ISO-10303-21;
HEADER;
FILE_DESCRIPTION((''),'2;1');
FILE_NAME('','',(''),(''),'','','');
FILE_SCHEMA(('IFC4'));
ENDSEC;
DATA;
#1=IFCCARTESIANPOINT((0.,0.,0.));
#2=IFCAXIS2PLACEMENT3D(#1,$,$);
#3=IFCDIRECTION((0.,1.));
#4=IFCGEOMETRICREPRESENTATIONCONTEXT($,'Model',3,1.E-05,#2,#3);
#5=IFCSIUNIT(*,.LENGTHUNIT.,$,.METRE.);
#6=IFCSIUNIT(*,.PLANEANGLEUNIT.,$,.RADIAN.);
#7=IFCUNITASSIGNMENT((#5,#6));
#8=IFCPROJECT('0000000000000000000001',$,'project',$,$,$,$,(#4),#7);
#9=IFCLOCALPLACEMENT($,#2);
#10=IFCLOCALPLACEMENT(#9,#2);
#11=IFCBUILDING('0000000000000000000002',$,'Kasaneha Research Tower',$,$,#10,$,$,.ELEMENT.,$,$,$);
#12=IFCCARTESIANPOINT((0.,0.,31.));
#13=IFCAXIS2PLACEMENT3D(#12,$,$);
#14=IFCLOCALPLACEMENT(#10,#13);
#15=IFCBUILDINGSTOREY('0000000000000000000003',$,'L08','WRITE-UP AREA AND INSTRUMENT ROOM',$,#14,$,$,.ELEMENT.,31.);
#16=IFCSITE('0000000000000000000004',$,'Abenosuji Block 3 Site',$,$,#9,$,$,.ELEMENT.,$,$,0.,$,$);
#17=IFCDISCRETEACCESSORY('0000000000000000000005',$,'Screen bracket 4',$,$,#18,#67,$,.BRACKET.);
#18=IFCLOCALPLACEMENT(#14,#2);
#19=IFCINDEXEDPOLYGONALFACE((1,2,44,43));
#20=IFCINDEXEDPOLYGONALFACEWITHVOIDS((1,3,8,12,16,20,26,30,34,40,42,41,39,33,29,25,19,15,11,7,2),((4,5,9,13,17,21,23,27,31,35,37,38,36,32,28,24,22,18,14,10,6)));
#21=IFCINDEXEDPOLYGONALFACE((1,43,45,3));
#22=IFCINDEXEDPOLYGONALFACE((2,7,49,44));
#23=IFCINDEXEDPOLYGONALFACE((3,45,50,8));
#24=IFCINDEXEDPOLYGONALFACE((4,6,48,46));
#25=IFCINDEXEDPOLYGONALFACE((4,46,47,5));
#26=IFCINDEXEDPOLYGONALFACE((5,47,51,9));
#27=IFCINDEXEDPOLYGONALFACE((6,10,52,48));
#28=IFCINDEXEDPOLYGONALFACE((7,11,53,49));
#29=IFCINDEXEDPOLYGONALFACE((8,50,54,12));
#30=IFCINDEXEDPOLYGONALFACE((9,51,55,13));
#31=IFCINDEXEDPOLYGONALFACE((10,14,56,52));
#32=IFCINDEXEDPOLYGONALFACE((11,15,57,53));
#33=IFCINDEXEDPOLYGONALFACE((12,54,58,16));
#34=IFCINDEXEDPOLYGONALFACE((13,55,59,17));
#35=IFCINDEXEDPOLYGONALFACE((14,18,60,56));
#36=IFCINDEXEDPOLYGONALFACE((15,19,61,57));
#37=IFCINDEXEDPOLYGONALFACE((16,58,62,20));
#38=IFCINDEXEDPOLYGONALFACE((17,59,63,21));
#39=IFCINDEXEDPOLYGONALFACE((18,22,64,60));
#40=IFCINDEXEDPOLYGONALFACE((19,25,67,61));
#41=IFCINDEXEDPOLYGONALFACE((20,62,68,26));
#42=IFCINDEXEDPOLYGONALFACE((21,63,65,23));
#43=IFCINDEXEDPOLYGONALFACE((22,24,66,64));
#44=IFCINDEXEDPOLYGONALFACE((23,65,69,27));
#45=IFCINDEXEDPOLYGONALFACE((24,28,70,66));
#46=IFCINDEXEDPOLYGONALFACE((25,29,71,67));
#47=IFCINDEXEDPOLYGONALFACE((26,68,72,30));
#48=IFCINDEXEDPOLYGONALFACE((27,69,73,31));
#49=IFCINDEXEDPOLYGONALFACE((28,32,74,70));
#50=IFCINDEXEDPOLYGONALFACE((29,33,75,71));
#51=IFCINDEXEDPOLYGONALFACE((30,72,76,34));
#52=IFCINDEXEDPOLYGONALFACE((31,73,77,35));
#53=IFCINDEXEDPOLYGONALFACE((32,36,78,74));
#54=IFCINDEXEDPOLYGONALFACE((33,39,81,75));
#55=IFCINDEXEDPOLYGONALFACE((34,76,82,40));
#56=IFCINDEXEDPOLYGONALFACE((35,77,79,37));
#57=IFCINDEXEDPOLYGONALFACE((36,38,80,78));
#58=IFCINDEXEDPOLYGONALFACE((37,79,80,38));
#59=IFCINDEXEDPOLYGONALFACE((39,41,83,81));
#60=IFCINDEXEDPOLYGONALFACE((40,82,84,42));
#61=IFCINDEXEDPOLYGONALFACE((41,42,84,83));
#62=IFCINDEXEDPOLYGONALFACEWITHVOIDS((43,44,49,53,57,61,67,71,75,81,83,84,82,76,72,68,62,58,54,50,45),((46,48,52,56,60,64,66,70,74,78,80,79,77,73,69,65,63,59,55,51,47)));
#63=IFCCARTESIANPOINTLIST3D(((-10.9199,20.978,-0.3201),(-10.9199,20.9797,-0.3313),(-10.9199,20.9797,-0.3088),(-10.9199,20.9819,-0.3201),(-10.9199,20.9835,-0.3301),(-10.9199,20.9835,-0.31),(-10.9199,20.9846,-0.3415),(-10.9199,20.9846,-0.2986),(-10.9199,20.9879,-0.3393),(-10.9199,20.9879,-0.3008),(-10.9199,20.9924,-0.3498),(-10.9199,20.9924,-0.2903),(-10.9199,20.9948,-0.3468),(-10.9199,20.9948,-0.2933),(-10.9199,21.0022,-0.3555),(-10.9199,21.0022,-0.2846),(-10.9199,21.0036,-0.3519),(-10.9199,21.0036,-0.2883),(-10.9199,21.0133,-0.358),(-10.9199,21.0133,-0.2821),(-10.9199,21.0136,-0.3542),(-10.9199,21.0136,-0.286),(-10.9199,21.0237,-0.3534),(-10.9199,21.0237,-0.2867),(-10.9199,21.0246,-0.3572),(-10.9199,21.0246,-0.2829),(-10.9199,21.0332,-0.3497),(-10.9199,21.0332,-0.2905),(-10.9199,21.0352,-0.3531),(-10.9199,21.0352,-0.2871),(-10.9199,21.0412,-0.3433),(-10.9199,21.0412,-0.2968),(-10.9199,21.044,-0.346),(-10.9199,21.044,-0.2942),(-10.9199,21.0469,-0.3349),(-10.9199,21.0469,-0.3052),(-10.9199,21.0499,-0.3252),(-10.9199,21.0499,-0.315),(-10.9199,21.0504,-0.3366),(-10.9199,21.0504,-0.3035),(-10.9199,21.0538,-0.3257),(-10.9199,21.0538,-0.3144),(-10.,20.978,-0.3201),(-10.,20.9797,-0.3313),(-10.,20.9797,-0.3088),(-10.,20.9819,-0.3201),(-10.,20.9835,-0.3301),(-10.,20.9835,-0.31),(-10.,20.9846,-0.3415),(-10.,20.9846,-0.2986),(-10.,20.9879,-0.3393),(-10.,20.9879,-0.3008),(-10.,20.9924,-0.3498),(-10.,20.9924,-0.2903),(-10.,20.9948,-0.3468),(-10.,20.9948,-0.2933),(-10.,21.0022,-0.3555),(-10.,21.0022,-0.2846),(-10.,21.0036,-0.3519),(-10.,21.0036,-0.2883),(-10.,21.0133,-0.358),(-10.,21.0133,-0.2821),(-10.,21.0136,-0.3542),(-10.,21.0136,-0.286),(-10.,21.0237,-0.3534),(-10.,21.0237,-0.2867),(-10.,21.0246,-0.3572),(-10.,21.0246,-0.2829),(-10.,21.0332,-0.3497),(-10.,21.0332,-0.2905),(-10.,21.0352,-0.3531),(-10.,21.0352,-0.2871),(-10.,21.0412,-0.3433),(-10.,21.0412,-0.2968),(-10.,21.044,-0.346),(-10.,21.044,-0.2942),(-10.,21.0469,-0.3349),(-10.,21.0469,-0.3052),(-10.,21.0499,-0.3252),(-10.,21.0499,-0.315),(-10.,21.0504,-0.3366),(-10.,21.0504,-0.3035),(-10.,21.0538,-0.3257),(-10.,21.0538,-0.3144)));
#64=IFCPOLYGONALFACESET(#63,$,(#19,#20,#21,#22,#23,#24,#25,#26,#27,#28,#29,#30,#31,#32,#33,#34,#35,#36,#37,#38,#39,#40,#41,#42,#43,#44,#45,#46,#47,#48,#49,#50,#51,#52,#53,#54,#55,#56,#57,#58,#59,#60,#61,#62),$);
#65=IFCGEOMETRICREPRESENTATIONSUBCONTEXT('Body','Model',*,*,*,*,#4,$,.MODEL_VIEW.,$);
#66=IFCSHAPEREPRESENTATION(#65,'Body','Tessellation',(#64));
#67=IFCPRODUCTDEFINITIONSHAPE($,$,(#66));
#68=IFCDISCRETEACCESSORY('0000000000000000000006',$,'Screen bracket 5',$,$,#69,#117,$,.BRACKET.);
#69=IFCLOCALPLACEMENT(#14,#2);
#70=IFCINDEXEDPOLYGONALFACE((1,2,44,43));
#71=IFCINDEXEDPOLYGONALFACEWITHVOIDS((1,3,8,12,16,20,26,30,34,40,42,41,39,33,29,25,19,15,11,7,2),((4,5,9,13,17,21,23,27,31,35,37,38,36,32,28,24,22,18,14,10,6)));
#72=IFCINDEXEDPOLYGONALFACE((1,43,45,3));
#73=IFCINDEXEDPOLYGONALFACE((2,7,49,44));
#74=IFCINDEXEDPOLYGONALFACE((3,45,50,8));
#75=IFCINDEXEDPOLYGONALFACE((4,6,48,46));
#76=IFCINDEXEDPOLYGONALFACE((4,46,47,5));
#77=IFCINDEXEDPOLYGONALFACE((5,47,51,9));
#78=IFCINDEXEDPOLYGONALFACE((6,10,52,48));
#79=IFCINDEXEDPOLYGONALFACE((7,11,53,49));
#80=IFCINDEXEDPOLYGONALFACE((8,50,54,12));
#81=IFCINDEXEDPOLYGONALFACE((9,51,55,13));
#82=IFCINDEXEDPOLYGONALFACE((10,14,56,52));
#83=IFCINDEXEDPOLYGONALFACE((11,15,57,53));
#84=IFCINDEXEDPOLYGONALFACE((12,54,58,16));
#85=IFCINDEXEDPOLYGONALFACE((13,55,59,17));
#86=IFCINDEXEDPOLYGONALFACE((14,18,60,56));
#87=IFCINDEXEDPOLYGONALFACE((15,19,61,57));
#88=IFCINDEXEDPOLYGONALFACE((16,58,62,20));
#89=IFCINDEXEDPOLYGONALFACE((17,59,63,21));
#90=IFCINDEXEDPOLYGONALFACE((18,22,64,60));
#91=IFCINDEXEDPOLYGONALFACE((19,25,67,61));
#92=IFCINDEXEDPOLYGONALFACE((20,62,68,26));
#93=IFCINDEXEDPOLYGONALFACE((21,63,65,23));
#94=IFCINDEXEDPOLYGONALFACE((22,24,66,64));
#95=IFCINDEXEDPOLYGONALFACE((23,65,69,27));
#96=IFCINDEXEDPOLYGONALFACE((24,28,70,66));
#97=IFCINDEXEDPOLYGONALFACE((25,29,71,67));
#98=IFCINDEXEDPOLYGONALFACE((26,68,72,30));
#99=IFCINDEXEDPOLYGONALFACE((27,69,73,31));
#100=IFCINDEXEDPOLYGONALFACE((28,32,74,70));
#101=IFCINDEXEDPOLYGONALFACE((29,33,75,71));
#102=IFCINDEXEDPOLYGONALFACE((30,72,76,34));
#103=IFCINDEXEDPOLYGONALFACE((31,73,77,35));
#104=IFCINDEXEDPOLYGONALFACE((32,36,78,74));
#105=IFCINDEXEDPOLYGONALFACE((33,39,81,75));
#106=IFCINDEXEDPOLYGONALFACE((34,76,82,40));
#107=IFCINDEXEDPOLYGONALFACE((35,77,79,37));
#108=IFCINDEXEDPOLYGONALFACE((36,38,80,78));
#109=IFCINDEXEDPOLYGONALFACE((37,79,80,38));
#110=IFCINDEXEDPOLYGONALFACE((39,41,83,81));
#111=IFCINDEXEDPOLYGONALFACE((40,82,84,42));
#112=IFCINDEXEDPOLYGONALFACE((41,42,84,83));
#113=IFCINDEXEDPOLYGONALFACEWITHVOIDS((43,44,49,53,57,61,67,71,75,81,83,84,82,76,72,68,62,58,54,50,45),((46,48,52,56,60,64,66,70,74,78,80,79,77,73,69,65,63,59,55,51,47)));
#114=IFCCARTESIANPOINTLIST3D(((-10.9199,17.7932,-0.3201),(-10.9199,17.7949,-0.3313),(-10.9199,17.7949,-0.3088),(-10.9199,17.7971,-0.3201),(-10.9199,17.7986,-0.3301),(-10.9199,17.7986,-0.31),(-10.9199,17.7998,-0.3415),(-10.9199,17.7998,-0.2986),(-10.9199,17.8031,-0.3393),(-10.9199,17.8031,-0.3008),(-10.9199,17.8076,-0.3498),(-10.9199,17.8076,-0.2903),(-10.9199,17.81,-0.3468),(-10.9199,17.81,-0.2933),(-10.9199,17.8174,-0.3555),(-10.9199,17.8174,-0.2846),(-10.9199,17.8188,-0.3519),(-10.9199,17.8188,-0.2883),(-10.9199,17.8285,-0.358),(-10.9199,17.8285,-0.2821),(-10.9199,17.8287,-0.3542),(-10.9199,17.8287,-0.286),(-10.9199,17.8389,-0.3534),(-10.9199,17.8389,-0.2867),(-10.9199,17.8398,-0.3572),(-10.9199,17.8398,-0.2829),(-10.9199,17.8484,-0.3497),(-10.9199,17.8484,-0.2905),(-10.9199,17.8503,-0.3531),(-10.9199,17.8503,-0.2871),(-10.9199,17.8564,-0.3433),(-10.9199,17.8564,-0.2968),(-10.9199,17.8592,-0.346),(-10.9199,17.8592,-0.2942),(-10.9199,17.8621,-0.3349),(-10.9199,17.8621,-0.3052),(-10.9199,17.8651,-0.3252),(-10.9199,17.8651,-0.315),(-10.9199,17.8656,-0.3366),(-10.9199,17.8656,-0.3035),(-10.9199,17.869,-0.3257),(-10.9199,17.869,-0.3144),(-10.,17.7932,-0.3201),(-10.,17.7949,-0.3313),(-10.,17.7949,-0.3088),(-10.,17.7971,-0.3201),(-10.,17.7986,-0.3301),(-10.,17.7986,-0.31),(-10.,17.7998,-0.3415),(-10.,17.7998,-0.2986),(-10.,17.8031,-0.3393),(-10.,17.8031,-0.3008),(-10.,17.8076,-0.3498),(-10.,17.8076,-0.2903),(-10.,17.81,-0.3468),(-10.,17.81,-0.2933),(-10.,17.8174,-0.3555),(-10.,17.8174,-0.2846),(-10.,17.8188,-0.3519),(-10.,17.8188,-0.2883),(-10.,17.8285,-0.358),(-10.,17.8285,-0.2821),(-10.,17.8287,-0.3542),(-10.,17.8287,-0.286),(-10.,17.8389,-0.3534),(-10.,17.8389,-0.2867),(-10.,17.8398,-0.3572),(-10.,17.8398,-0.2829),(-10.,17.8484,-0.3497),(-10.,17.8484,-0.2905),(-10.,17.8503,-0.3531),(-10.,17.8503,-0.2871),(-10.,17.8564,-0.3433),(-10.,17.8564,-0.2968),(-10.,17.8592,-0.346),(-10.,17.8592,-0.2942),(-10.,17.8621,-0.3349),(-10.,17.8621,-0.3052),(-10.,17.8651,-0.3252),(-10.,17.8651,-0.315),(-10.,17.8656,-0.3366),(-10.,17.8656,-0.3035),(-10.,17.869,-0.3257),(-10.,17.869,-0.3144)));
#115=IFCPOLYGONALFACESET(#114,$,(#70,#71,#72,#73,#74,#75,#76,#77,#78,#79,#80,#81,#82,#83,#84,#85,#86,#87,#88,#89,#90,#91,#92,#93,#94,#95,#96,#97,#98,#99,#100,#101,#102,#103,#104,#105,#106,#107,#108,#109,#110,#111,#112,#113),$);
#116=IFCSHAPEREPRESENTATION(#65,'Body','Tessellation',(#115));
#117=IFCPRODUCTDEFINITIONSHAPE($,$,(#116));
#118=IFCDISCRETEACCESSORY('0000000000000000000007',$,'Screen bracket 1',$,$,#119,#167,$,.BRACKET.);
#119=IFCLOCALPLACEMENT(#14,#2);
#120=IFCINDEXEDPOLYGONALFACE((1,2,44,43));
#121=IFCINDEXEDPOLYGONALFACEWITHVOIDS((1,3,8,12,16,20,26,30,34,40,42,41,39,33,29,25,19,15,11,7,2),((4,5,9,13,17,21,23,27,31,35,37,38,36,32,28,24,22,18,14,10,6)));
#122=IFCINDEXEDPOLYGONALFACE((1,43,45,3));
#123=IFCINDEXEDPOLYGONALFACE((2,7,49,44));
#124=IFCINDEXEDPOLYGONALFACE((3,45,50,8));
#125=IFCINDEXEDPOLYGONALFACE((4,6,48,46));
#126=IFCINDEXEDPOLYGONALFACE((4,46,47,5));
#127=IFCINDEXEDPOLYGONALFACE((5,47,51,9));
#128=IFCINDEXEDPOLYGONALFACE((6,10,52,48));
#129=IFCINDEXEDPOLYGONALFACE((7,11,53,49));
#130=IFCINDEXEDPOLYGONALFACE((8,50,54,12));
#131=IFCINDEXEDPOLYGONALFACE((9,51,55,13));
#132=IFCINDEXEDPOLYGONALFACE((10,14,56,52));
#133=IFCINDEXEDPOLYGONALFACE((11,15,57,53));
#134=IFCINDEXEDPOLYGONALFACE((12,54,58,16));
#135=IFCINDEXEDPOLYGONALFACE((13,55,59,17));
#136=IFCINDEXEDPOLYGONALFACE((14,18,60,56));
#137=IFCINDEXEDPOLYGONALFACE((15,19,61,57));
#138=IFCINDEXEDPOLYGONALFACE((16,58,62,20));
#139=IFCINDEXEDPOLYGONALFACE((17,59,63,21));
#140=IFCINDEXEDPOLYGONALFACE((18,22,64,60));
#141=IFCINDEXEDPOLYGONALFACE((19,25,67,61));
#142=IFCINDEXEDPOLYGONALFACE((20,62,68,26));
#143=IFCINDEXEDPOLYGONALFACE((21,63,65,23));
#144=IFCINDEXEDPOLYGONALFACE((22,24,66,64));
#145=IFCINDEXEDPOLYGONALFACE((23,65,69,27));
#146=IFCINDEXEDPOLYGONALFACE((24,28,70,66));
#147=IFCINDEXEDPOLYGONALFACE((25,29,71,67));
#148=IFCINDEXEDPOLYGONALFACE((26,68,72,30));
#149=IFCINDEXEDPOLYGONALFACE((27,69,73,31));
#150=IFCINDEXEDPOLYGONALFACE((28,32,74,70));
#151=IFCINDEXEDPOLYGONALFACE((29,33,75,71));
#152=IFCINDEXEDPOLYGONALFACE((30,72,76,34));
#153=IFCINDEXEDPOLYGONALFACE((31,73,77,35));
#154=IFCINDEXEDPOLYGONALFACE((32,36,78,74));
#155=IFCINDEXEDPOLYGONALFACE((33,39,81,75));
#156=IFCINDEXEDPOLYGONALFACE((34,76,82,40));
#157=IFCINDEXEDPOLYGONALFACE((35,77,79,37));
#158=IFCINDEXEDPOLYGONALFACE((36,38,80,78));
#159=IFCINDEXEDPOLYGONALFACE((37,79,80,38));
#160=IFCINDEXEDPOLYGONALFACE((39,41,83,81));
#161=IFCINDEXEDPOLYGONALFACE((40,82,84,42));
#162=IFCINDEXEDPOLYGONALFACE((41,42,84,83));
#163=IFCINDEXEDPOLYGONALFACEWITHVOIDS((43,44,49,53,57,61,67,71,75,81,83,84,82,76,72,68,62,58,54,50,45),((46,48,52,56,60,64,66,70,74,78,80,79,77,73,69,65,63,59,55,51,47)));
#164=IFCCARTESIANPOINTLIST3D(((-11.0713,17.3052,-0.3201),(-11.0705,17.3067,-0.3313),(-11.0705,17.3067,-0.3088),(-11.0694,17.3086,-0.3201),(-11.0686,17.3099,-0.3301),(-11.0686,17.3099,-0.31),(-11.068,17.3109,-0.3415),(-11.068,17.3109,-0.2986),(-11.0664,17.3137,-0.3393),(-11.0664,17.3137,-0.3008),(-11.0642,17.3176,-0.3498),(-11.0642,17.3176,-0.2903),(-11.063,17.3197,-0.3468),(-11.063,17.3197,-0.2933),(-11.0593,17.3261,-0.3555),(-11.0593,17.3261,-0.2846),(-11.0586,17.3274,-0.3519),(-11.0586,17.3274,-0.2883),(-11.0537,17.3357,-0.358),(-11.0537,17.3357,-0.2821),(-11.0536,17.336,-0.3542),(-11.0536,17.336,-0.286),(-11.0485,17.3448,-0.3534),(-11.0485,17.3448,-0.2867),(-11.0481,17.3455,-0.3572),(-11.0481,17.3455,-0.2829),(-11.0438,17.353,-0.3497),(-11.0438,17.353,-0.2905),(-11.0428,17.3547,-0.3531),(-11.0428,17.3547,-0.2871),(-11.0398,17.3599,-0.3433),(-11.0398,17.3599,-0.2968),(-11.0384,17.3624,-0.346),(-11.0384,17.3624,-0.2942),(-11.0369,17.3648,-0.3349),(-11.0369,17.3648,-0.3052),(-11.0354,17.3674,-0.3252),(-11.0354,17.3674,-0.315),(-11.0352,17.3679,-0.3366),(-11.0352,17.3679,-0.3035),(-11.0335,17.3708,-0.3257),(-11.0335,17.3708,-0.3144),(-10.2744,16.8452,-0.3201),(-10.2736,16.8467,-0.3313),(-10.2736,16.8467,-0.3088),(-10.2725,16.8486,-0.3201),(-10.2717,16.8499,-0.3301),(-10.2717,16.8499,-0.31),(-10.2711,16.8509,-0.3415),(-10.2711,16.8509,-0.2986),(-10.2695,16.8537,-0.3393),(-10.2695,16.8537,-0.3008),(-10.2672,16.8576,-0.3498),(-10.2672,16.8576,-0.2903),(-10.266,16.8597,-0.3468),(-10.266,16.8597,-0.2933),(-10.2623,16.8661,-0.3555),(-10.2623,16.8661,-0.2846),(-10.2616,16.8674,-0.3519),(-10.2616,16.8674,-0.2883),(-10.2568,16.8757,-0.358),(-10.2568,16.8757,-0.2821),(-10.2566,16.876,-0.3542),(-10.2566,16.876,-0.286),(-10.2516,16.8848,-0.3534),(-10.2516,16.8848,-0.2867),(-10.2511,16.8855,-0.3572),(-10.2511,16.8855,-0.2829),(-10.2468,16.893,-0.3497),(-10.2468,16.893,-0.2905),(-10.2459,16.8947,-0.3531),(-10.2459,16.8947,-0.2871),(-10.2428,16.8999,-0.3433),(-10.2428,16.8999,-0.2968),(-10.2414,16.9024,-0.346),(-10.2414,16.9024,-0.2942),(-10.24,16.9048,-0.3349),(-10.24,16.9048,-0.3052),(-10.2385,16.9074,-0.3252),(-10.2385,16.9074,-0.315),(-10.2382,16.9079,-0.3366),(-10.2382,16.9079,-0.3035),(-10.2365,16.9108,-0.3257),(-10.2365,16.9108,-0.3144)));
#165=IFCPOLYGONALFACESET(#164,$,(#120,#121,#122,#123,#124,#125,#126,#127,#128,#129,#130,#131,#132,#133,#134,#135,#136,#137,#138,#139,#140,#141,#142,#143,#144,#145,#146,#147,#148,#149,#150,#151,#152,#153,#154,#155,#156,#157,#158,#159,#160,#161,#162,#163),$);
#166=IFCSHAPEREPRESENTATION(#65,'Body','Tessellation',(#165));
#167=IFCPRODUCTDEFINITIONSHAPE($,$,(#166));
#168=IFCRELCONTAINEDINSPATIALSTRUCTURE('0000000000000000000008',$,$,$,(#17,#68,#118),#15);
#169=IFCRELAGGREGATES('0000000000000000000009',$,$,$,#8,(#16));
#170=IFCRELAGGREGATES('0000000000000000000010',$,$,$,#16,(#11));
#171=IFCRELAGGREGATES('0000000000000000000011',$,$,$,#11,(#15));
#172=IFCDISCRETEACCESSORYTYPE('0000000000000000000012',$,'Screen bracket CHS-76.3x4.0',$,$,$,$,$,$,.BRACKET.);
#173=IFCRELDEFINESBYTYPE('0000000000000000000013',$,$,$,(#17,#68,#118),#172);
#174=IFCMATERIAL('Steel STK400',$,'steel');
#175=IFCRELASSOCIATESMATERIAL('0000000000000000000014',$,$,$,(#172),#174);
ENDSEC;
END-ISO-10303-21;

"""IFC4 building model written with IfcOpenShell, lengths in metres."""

from ifc_helpers import new_model, si_unit, direction, frame, origin, origin_2d, place, context, subcontext, project, spatial, hollow_circle, extrude, material, material_profile, profile_set, type_object, element, save


model = new_model("IFC4")

# Units and contexts
model_context = context("Model", 3, precision=1e-05, world=origin(), true_north=direction((0.0, 1.0)))
body_context = subcontext(model_context, "Body", "Model", "MODEL_VIEW")
ifc_project = project(units=[si_unit("LENGTHUNIT", "METRE"), si_unit("PLANEANGLEUNIT", "RADIAN")], contexts=[model_context])

# Site, building, storey
site_placement = place(None, origin())
site = spatial("IfcSite", under=ifc_project, at=site_placement, Name="Abenosuji Block 3 Site", CompositionType="ELEMENT", RefElevation=0.0)
building_placement = place(site_placement, origin())
building = spatial("IfcBuilding", under=site, at=building_placement, Name="Kasaneha Research Tower", CompositionType="ELEMENT")
storey_placement = place(building_placement, frame((0.0, 0.0, 31.0)))
storey = spatial("IfcBuildingStorey", under=building, at=storey_placement, Name="L08", Description="WRITE-UP AREA AND INSTRUMENT ROOM", CompositionType="ELEMENT", Elevation=31.0)

# Discrete accessories
ifc_material_1 = material(Name="Steel STK400", Category="steel")
ifc_material_profile_1 = material_profile(ifc_material_1, hollow_circle(Radius=0.0381, WallThickness=0.0039, at=origin_2d()), Name="CHS-76.3x4.0")
ifc_profile_set_1 = profile_set([ifc_material_profile_1], Name="Steel STK400")
discrete_accessory_type = type_object("IfcDiscreteAccessoryType", Name="Screen bracket CHS-76.3x4.0", PredefinedType="BRACKET", material=ifc_profile_set_1)
for number, where, z_axis, x_axis, name in (
    (1, (-10.0, 21.0161, -0.3201), (-1.0, 0.0, 0.0), (0.0, -1.0, 0.0), "Screen bracket 4"),
    (2, (-10.0, 17.8313, -0.3201), (-1.0, 0.0, 0.0), (0.0, -1.0, 0.0), "Screen bracket 5"),
):
    element("IfcDiscreteAccessory", number, at=place(storey_placement, frame(where, z_axis=z_axis, x_axis=x_axis)), inside=storey, type_object=discrete_accessory_type, Name=name, PredefinedType="BRACKET", context=body_context, shape_type="SweptSolid", body=[
        extrude(hollow_circle(Radius=0.0381, WallThickness=0.0039, at=origin_2d()), origin(), (0.0, 0.0, 1.0), 0.9199),
    ])
discrete_accessory_1_placement = place(storey_placement, frame((-10.2554, 16.8782, -0.3201), z_axis=(-0.86608, 0.499906, 0.0), x_axis=(-0.499906, -0.86608, 0.0)))
element("IfcDiscreteAccessory", 3, at=discrete_accessory_1_placement, inside=storey, type_object=discrete_accessory_type, Name="Screen bracket 1", PredefinedType="BRACKET", context=body_context, shape_type="SweptSolid", body=[
    extrude(hollow_circle(Radius=0.0381, WallThickness=0.0039, at=origin_2d()), origin(), (0.0, 0.0, 1.0), 0.9202),
])

save(model, "model.ifc")
